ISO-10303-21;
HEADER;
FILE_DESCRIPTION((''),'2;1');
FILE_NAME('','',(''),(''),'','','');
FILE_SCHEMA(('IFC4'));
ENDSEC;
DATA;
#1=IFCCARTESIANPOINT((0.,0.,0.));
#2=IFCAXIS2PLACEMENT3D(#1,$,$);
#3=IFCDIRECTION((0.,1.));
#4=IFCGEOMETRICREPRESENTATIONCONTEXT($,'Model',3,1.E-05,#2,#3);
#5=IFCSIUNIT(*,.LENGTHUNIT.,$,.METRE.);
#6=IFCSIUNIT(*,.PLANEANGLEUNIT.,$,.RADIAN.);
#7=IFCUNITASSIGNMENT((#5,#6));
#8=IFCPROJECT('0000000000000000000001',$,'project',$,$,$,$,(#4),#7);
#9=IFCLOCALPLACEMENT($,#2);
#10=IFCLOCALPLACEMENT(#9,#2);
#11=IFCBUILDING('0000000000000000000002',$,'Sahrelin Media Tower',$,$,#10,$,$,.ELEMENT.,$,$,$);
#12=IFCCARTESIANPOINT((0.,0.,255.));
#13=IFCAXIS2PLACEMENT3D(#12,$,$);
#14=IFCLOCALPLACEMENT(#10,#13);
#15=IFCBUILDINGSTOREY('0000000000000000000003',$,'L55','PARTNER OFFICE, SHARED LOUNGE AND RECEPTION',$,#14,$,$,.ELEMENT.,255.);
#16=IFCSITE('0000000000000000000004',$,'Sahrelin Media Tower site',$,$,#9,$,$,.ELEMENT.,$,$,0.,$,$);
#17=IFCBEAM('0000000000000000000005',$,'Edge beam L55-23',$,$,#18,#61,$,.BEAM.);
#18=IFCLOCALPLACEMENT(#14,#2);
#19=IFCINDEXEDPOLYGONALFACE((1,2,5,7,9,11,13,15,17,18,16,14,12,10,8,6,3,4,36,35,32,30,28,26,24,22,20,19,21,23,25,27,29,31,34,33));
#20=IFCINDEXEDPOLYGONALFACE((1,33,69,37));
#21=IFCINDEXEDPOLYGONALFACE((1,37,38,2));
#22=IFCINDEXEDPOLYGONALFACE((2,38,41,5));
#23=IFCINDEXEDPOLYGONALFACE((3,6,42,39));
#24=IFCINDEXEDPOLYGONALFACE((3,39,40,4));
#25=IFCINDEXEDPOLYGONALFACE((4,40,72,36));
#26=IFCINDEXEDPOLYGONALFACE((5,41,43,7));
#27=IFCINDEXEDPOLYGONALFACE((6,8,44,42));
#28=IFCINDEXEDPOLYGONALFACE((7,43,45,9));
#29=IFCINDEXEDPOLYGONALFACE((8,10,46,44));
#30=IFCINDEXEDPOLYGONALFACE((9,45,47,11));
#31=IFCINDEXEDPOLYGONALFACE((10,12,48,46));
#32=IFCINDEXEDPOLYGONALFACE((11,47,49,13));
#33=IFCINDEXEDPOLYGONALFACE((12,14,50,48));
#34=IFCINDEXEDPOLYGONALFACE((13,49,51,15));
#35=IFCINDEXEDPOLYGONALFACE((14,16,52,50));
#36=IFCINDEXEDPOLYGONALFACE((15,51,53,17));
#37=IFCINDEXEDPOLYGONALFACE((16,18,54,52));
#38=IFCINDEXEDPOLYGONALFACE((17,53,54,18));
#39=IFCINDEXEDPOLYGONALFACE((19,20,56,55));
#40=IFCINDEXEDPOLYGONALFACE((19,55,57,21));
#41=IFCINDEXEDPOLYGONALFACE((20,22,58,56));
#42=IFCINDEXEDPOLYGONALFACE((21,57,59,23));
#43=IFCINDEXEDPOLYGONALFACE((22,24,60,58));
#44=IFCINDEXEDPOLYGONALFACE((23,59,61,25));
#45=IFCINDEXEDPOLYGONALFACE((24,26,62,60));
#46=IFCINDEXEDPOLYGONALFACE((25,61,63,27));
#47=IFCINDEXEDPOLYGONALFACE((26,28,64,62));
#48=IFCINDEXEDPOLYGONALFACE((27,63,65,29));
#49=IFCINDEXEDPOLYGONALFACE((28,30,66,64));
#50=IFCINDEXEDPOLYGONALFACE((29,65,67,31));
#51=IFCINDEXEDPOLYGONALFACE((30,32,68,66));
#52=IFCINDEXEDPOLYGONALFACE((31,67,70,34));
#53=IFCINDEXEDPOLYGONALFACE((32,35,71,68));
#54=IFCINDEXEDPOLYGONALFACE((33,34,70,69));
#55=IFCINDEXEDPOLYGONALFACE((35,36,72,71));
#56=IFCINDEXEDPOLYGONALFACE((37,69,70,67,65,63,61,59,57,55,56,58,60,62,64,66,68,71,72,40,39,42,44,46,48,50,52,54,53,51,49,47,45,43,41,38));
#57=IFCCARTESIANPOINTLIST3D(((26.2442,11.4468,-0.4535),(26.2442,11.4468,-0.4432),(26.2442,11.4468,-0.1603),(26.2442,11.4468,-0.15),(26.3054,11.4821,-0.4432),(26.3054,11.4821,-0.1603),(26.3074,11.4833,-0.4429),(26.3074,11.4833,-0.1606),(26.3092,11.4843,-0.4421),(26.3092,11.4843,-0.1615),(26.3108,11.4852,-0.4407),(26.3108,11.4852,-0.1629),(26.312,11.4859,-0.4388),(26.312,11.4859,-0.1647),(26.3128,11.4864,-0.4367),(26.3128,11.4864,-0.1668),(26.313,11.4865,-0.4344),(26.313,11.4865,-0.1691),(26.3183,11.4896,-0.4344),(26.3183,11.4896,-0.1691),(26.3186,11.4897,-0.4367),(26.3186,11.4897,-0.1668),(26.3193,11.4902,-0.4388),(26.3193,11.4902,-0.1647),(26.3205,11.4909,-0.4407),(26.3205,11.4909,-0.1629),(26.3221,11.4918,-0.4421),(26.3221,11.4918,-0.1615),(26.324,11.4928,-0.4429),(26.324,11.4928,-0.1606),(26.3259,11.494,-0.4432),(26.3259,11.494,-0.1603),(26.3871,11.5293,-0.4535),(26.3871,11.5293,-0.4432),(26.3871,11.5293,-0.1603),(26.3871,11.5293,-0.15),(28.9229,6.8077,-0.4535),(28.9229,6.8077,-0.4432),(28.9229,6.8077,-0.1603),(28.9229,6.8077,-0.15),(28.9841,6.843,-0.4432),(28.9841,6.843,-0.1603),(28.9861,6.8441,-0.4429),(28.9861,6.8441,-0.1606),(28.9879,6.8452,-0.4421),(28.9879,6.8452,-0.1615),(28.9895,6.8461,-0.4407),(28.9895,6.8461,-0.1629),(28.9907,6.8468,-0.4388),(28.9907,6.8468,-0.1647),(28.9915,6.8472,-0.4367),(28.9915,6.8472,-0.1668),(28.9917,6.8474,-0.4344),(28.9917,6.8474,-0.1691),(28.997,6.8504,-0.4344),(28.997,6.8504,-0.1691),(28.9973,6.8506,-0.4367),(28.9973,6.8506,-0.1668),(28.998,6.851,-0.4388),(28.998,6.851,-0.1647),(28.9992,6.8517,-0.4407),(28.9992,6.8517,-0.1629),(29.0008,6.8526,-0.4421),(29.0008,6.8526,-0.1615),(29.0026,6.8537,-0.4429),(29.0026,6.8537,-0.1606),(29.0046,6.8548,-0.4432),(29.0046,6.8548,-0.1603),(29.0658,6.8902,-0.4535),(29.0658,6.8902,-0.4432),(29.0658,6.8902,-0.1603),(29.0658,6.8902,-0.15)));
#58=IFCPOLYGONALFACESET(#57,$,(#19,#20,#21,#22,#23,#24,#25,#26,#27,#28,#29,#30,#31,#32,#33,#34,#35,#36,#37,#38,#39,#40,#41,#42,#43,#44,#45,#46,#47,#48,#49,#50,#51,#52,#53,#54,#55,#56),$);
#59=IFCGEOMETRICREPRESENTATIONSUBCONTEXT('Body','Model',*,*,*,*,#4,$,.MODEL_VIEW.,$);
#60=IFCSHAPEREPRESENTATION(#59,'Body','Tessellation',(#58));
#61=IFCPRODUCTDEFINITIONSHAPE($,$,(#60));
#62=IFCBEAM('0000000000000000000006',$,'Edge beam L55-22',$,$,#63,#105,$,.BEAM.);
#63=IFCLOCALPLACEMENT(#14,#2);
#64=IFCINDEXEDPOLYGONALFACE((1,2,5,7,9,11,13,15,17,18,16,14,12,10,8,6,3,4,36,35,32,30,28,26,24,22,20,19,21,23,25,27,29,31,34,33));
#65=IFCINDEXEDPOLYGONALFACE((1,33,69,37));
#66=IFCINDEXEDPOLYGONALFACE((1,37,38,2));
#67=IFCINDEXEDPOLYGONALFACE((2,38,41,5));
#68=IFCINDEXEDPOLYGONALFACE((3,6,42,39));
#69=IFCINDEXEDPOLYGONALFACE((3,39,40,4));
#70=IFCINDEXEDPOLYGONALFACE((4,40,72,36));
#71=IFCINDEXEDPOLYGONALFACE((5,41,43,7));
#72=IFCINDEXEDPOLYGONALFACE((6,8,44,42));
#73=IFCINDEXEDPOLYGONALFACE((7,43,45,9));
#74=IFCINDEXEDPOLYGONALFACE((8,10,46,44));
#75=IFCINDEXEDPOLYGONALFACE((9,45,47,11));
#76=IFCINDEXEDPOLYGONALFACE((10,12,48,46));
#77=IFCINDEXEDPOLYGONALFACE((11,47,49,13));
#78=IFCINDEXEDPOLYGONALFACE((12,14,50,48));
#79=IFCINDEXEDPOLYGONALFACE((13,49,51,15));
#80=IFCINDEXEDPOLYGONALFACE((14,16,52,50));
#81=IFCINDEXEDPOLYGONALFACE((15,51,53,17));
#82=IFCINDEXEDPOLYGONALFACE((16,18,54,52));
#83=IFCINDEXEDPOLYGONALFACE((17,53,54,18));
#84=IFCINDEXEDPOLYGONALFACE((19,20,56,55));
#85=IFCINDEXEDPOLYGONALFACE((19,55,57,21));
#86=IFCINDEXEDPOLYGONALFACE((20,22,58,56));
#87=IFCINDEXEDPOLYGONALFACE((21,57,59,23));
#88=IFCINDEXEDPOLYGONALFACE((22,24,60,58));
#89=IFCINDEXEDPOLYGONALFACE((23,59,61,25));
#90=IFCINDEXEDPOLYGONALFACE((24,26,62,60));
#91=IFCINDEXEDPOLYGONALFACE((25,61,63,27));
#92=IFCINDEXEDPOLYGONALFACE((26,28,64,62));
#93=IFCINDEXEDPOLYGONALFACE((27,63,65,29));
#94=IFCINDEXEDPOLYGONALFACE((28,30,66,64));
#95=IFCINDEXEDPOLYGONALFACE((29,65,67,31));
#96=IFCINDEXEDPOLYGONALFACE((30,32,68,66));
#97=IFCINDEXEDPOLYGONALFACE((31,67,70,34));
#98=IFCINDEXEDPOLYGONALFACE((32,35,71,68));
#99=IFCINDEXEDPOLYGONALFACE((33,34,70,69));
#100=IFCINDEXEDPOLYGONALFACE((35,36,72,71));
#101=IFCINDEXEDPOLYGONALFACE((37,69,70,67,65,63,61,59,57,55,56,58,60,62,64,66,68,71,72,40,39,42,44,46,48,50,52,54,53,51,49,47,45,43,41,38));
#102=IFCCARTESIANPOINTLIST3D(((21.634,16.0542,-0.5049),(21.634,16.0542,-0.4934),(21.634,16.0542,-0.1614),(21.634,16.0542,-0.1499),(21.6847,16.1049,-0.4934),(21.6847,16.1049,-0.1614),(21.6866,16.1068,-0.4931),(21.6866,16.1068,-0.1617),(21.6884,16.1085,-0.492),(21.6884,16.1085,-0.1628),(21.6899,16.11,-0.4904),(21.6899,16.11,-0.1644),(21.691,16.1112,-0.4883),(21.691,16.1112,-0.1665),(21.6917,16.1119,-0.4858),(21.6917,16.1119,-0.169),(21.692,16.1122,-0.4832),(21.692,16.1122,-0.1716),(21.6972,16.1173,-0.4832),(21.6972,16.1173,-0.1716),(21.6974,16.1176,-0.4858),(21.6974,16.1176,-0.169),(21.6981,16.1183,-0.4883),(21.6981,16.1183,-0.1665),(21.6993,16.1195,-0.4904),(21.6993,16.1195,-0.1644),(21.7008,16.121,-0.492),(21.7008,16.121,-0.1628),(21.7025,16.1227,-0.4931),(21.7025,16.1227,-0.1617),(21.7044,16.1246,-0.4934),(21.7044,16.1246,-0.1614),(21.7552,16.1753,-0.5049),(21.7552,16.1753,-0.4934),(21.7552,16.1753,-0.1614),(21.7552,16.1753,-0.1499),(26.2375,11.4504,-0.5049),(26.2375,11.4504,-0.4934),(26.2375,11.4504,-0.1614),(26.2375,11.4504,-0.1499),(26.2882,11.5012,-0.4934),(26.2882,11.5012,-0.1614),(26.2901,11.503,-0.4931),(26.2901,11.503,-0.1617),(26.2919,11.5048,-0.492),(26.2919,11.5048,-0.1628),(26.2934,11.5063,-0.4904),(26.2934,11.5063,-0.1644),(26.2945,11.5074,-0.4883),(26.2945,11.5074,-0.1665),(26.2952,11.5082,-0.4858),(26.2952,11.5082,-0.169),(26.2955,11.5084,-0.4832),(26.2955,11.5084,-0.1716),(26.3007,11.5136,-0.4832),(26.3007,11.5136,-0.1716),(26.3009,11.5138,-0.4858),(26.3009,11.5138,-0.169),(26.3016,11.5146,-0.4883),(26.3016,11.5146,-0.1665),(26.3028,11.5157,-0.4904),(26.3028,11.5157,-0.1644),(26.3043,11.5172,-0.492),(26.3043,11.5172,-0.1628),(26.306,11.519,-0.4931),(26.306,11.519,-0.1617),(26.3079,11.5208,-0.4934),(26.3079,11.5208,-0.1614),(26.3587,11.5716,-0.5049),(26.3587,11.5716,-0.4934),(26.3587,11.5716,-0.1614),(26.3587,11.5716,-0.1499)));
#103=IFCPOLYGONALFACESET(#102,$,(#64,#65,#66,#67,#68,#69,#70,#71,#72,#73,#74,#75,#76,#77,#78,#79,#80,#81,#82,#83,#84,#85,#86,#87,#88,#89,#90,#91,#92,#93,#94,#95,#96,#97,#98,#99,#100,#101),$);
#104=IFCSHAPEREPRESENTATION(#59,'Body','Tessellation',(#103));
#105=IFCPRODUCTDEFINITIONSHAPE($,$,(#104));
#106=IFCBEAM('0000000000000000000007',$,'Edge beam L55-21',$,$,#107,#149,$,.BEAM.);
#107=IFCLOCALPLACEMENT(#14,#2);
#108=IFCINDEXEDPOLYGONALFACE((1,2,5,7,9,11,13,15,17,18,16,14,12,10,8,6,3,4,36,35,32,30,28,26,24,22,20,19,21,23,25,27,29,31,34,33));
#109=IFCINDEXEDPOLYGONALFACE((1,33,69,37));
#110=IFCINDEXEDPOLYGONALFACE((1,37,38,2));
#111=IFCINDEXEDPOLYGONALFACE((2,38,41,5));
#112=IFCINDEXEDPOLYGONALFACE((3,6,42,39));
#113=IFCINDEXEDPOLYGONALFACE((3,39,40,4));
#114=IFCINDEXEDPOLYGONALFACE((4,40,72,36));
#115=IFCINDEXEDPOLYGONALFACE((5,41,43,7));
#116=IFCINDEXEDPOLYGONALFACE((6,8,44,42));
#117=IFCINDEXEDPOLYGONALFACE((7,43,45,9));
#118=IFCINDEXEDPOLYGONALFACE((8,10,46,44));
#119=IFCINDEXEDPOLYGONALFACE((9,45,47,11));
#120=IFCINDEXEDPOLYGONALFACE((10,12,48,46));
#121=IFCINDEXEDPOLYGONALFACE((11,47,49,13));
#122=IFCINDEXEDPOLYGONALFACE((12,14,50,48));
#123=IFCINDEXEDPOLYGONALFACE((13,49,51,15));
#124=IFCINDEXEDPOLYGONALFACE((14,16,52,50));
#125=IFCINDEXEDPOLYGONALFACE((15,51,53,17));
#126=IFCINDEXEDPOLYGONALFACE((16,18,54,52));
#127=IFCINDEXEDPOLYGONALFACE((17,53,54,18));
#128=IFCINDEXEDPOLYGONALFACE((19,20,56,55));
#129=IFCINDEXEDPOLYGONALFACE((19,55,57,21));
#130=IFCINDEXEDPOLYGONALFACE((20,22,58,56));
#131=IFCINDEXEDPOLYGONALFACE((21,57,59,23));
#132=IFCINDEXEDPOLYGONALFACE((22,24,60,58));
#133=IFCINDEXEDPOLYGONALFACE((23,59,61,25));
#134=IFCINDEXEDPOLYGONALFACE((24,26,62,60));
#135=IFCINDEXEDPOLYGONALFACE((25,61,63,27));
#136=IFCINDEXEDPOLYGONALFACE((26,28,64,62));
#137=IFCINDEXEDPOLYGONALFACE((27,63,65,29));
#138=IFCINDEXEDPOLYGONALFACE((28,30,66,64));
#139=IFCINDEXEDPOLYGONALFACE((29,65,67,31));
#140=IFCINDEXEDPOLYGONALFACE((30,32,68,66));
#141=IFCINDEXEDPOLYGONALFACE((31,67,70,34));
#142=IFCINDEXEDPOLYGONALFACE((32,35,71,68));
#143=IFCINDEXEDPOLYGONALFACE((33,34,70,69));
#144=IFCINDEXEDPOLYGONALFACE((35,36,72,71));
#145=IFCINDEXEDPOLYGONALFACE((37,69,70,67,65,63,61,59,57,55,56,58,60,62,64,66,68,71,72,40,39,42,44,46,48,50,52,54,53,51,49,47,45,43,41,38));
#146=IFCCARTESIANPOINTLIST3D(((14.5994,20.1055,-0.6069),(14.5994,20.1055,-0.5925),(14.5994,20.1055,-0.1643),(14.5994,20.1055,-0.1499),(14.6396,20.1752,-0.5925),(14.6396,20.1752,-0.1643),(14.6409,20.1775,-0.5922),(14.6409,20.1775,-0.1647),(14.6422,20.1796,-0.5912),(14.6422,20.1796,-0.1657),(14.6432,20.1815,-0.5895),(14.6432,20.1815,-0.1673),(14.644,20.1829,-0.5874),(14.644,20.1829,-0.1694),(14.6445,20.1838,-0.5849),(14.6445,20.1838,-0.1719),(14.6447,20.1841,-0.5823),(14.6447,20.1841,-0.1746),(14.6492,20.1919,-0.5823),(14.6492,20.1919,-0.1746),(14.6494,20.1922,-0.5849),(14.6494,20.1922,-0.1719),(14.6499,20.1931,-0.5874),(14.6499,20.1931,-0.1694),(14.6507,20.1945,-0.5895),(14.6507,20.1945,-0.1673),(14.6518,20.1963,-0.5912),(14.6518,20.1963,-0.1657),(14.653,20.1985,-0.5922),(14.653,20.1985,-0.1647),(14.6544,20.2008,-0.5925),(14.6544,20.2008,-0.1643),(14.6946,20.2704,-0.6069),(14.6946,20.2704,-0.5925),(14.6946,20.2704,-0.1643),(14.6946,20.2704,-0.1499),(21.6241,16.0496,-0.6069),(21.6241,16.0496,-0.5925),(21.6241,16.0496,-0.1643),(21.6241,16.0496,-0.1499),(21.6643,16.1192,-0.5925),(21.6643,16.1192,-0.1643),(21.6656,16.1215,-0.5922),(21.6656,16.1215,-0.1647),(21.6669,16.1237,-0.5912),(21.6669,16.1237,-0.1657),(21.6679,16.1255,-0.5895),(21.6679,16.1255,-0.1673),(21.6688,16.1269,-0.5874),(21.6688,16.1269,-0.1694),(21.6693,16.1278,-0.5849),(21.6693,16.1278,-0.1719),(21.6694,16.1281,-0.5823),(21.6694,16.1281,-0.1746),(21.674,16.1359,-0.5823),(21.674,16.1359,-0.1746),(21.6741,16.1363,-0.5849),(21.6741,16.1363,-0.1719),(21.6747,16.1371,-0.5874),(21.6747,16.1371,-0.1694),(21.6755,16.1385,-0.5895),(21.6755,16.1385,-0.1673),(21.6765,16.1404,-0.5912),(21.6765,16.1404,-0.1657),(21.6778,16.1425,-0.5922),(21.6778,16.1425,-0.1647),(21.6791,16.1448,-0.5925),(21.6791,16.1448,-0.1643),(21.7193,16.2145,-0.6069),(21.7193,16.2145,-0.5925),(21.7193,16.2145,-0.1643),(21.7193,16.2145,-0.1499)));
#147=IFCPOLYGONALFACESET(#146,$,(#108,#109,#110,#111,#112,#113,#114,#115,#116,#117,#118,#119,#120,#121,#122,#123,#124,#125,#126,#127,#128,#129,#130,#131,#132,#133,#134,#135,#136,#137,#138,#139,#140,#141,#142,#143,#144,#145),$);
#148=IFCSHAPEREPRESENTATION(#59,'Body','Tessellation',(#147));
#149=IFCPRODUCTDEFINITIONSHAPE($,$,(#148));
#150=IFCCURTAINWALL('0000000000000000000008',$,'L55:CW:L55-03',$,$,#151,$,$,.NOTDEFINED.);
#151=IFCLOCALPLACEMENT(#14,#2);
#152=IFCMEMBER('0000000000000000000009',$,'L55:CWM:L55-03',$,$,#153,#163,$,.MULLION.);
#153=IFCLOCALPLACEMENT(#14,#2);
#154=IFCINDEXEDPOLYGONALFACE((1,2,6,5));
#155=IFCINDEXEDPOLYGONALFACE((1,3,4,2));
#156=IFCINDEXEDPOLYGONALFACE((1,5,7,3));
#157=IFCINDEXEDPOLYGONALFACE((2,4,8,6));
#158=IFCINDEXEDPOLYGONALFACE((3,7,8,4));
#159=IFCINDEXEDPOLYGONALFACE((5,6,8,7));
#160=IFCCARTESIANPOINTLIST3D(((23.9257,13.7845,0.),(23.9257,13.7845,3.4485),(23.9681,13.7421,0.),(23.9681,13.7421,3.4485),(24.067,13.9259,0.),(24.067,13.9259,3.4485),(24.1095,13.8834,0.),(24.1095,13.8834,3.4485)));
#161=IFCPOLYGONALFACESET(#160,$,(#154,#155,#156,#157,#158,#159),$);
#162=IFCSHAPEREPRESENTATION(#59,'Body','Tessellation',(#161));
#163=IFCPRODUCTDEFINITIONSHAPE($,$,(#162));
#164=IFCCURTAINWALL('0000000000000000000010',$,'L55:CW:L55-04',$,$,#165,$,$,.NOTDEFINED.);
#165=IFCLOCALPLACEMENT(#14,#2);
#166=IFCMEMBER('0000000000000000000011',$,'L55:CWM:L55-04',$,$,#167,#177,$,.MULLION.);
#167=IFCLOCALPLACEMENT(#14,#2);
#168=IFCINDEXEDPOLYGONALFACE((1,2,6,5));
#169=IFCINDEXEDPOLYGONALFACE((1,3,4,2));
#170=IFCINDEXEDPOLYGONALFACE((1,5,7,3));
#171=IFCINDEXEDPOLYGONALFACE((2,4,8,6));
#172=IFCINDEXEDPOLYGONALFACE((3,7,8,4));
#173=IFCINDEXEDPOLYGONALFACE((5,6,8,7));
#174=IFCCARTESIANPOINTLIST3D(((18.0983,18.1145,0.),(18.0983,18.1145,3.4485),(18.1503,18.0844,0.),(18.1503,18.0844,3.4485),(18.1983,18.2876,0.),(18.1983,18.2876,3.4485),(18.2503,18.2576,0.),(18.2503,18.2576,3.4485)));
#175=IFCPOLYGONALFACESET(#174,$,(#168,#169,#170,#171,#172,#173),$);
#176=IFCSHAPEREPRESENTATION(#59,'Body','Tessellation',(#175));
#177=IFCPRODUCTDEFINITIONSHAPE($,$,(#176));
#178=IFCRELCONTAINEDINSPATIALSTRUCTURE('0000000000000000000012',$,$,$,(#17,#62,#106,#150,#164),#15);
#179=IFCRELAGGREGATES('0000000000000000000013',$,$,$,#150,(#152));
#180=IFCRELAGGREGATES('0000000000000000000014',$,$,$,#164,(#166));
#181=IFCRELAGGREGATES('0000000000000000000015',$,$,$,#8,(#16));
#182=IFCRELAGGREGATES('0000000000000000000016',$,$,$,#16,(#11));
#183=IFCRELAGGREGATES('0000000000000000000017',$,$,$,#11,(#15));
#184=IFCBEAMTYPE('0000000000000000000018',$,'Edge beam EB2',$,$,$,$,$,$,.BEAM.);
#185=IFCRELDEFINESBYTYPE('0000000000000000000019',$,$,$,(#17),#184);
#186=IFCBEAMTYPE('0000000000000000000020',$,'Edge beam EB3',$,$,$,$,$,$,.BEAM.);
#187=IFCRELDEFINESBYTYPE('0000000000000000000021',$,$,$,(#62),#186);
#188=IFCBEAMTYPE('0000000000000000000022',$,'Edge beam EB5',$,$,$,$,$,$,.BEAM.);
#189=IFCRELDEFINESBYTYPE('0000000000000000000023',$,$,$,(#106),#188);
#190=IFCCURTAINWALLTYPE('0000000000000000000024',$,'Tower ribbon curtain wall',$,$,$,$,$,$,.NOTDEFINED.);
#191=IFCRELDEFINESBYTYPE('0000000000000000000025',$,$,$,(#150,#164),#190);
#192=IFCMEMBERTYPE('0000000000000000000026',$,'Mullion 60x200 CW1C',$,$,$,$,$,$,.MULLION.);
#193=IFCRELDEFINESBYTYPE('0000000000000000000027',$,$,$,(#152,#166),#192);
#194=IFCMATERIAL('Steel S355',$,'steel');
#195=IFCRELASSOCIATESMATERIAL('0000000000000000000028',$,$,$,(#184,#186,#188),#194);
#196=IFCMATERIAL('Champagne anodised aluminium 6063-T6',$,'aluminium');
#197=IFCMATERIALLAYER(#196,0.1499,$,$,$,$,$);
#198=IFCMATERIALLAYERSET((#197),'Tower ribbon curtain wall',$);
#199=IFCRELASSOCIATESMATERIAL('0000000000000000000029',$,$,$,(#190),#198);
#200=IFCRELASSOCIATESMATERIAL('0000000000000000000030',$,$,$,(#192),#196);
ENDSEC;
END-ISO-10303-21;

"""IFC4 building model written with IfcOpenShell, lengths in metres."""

from ifc_helpers import new_model, si_unit, direction, frame, origin, origin_2d, place, context, subcontext, project, spatial, rectangle, i_section, extrude, material, layer, layer_set, material_profile, profile_set, type_object, element, aggregate, save


model = new_model("IFC4")

# Units and contexts
model_context = context("Model", 3, precision=1e-05, world=origin(), true_north=direction((0.0, 1.0)))
body_context = subcontext(model_context, "Body", "Model", "MODEL_VIEW")
ifc_project = project(units=[si_unit("LENGTHUNIT", "METRE"), si_unit("PLANEANGLEUNIT", "RADIAN")], contexts=[model_context])

# Site, building, storey
site_placement = place(None, origin())
site = spatial("IfcSite", under=ifc_project, at=site_placement, Name="Sahrelin Media Tower site", CompositionType="ELEMENT", RefElevation=0.0)
building_placement = place(site_placement, origin())
building = spatial("IfcBuilding", under=site, at=building_placement, Name="Sahrelin Media Tower", CompositionType="ELEMENT")
storey_placement = place(building_placement, frame((0.0, 0.0, 255.0)))
storey = spatial("IfcBuildingStorey", under=building, at=storey_placement, Name="L55", Description="PARTNER OFFICE, SHARED LOUNGE AND RECEPTION", CompositionType="ELEMENT", Elevation=255.0)

# Beams
ifc_material_1 = material(Name="Steel S355", Category="steel")
ifc_material_profile_1 = material_profile(ifc_material_1, i_section(OverallWidth=0.165, OverallDepth=0.3035, WebThickness=0.0061, FlangeThickness=0.0103, FilletRadius=0.0088, at=origin_2d()), Name="UB 305x165x40")
ifc_profile_set_1 = profile_set([ifc_material_profile_1], Name="Steel S355")
beam_type_1 = type_object("IfcBeamType", Name="Edge beam EB2", PredefinedType="BEAM", material=ifc_profile_set_1)
beam_1_placement = place(storey_placement, frame((26.3157, 11.488, -0.3018), z_axis=(0.500041, -0.866002, 0.0), x_axis=(0.866002, 0.500041, 0.0)))
element("IfcBeam", 1, at=beam_1_placement, inside=storey, type_object=beam_type_1, Name="Edge beam L55-23", PredefinedType="BEAM", context=body_context, shape_type="SweptSolid", body=[
    extrude(i_section(OverallWidth=0.165, OverallDepth=0.3035, WebThickness=0.0061, FlangeThickness=0.0103, FilletRadius=0.0088, at=origin_2d()), origin(), (0.0, 0.0, 1.0), 5.3569),
])
ifc_material_profile_2 = material_profile(ifc_material_1, i_section(OverallWidth=0.1714, OverallDepth=0.355, WebThickness=0.0073, FlangeThickness=0.0115, FilletRadius=0.0103, at=origin_2d()), Name="UB 356x171x51")
ifc_profile_set_2 = profile_set([ifc_material_profile_2], Name="Steel S355")
beam_type_2 = type_object("IfcBeamType", Name="Edge beam EB3", PredefinedType="BEAM", material=ifc_profile_set_2)
beam_2_placement = place(storey_placement, frame((21.6946, 16.1147, -0.3274), z_axis=(0.707088, -0.707126, 0.0), x_axis=(0.707126, 0.707088, 0.0)))
element("IfcBeam", 2, at=beam_2_placement, inside=storey, type_object=beam_type_2, Name="Edge beam L55-22", PredefinedType="BEAM", context=body_context, shape_type="SweptSolid", body=[
    extrude(i_section(OverallWidth=0.1714, OverallDepth=0.355, WebThickness=0.0073, FlangeThickness=0.0115, FilletRadius=0.0103, at=origin_2d()), origin(), (0.0, 0.0, 1.0), 6.5105),
])
ifc_material_profile_3 = material_profile(ifc_material_1, i_section(OverallWidth=0.1904, OverallDepth=0.457, WebThickness=0.009, FlangeThickness=0.0144, FilletRadius=0.0103, at=origin_2d()), Name="UB 457x191x74")
ifc_profile_set_3 = profile_set([ifc_material_profile_3], Name="Steel S355")
beam_type_3 = type_object("IfcBeamType", Name="Edge beam EB5", PredefinedType="BEAM", material=ifc_profile_set_3)
beam_3_placement = place(storey_placement, frame((14.647, 20.188, -0.3784), z_axis=(0.866014, -0.50002, 0.0), x_axis=(0.50002, 0.866014, 0.0)))
element("IfcBeam", 3, at=beam_3_placement, inside=storey, type_object=beam_type_3, Name="Edge beam L55-21", PredefinedType="BEAM", context=body_context, shape_type="SweptSolid", body=[
    extrude(i_section(OverallWidth=0.1904, OverallDepth=0.457, WebThickness=0.009, FlangeThickness=0.0144, FilletRadius=0.0103, at=origin_2d()), origin(), (0.0, 0.0, 1.0), 8.1116),
])

# Curtain walls, members
ifc_material_2 = material(Name="Champagne anodised aluminium 6063-T6", Category="aluminium")
ifc_layer_1 = layer(ifc_material_2, 0.1499)
ifc_layer_set_1 = layer_set([ifc_layer_1], Name="Tower ribbon curtain wall")
curtain_wall_type = type_object("IfcCurtainWallType", Name="Tower ribbon curtain wall", PredefinedType="NOTDEFINED", material=ifc_layer_set_1)
curtain_wall_1_placement = place(storey_placement, frame((24.1023, 13.9189, 0.0), z_axis=(0.0, 0.0, 1.0), x_axis=(1.0, 0.0, 0.0)))
curtain_wall_1 = element("IfcCurtainWall", 4, at=curtain_wall_1_placement, inside=storey, type_object=curtain_wall_type, Name="L55:CW:L55-03", PredefinedType="NOTDEFINED")
ifc_material_profile_4 = material_profile(ifc_material_2, rectangle(XDim=0.0601, YDim=0.2, at=origin_2d()), Name="Mullion 60x200")
ifc_profile_set_4 = profile_set([ifc_material_profile_4], Name="Champagne anodised aluminium 6063-T6")
member_type_1 = type_object("IfcMemberType", Name="Mullion 60x200 CW1C", PredefinedType="MULLION", material=ifc_profile_set_4)
member_1_placement = place(storey_placement, frame((24.0176, 13.834, 0.0), z_axis=(0.0, 0.0, 1.0), x_axis=(-0.707107, 0.707107, 0.0)))
member_1 = element("IfcMember", 5, at=member_1_placement, type_object=member_type_1, Name="L55:CWM:L55-03", PredefinedType="MULLION", context=body_context, shape_type="SweptSolid", body=[
    extrude(rectangle(XDim=0.0601, YDim=0.2, at=origin_2d()), origin(), (0.0, 0.0, 1.0), 3.4485),
])
curtain_wall_2_placement = place(storey_placement, frame((18.2344, 18.29, 0.0), z_axis=(0.0, 0.0, 1.0), x_axis=(1.0, 0.0, 0.0)))
curtain_wall_2 = element("IfcCurtainWall", 6, at=curtain_wall_2_placement, inside=storey, type_object=curtain_wall_type, Name="L55:CW:L55-04", PredefinedType="NOTDEFINED")
member_2_placement = place(storey_placement, frame((18.1743, 18.186, 0.0), z_axis=(0.0, 0.0, 1.0), x_axis=(-0.866023, 0.500005, 0.0)))
member_2 = element("IfcMember", 7, at=member_2_placement, type_object=member_type_1, Name="L55:CWM:L55-04", PredefinedType="MULLION", context=body_context, shape_type="SweptSolid", body=[
    extrude(rectangle(XDim=0.0601, YDim=0.2, at=origin_2d()), origin(), (0.0, 0.0, 1.0), 3.4485),
])

aggregate(curtain_wall_1, [member_1])
aggregate(curtain_wall_2, [member_2])

save(model, "model.ifc")
